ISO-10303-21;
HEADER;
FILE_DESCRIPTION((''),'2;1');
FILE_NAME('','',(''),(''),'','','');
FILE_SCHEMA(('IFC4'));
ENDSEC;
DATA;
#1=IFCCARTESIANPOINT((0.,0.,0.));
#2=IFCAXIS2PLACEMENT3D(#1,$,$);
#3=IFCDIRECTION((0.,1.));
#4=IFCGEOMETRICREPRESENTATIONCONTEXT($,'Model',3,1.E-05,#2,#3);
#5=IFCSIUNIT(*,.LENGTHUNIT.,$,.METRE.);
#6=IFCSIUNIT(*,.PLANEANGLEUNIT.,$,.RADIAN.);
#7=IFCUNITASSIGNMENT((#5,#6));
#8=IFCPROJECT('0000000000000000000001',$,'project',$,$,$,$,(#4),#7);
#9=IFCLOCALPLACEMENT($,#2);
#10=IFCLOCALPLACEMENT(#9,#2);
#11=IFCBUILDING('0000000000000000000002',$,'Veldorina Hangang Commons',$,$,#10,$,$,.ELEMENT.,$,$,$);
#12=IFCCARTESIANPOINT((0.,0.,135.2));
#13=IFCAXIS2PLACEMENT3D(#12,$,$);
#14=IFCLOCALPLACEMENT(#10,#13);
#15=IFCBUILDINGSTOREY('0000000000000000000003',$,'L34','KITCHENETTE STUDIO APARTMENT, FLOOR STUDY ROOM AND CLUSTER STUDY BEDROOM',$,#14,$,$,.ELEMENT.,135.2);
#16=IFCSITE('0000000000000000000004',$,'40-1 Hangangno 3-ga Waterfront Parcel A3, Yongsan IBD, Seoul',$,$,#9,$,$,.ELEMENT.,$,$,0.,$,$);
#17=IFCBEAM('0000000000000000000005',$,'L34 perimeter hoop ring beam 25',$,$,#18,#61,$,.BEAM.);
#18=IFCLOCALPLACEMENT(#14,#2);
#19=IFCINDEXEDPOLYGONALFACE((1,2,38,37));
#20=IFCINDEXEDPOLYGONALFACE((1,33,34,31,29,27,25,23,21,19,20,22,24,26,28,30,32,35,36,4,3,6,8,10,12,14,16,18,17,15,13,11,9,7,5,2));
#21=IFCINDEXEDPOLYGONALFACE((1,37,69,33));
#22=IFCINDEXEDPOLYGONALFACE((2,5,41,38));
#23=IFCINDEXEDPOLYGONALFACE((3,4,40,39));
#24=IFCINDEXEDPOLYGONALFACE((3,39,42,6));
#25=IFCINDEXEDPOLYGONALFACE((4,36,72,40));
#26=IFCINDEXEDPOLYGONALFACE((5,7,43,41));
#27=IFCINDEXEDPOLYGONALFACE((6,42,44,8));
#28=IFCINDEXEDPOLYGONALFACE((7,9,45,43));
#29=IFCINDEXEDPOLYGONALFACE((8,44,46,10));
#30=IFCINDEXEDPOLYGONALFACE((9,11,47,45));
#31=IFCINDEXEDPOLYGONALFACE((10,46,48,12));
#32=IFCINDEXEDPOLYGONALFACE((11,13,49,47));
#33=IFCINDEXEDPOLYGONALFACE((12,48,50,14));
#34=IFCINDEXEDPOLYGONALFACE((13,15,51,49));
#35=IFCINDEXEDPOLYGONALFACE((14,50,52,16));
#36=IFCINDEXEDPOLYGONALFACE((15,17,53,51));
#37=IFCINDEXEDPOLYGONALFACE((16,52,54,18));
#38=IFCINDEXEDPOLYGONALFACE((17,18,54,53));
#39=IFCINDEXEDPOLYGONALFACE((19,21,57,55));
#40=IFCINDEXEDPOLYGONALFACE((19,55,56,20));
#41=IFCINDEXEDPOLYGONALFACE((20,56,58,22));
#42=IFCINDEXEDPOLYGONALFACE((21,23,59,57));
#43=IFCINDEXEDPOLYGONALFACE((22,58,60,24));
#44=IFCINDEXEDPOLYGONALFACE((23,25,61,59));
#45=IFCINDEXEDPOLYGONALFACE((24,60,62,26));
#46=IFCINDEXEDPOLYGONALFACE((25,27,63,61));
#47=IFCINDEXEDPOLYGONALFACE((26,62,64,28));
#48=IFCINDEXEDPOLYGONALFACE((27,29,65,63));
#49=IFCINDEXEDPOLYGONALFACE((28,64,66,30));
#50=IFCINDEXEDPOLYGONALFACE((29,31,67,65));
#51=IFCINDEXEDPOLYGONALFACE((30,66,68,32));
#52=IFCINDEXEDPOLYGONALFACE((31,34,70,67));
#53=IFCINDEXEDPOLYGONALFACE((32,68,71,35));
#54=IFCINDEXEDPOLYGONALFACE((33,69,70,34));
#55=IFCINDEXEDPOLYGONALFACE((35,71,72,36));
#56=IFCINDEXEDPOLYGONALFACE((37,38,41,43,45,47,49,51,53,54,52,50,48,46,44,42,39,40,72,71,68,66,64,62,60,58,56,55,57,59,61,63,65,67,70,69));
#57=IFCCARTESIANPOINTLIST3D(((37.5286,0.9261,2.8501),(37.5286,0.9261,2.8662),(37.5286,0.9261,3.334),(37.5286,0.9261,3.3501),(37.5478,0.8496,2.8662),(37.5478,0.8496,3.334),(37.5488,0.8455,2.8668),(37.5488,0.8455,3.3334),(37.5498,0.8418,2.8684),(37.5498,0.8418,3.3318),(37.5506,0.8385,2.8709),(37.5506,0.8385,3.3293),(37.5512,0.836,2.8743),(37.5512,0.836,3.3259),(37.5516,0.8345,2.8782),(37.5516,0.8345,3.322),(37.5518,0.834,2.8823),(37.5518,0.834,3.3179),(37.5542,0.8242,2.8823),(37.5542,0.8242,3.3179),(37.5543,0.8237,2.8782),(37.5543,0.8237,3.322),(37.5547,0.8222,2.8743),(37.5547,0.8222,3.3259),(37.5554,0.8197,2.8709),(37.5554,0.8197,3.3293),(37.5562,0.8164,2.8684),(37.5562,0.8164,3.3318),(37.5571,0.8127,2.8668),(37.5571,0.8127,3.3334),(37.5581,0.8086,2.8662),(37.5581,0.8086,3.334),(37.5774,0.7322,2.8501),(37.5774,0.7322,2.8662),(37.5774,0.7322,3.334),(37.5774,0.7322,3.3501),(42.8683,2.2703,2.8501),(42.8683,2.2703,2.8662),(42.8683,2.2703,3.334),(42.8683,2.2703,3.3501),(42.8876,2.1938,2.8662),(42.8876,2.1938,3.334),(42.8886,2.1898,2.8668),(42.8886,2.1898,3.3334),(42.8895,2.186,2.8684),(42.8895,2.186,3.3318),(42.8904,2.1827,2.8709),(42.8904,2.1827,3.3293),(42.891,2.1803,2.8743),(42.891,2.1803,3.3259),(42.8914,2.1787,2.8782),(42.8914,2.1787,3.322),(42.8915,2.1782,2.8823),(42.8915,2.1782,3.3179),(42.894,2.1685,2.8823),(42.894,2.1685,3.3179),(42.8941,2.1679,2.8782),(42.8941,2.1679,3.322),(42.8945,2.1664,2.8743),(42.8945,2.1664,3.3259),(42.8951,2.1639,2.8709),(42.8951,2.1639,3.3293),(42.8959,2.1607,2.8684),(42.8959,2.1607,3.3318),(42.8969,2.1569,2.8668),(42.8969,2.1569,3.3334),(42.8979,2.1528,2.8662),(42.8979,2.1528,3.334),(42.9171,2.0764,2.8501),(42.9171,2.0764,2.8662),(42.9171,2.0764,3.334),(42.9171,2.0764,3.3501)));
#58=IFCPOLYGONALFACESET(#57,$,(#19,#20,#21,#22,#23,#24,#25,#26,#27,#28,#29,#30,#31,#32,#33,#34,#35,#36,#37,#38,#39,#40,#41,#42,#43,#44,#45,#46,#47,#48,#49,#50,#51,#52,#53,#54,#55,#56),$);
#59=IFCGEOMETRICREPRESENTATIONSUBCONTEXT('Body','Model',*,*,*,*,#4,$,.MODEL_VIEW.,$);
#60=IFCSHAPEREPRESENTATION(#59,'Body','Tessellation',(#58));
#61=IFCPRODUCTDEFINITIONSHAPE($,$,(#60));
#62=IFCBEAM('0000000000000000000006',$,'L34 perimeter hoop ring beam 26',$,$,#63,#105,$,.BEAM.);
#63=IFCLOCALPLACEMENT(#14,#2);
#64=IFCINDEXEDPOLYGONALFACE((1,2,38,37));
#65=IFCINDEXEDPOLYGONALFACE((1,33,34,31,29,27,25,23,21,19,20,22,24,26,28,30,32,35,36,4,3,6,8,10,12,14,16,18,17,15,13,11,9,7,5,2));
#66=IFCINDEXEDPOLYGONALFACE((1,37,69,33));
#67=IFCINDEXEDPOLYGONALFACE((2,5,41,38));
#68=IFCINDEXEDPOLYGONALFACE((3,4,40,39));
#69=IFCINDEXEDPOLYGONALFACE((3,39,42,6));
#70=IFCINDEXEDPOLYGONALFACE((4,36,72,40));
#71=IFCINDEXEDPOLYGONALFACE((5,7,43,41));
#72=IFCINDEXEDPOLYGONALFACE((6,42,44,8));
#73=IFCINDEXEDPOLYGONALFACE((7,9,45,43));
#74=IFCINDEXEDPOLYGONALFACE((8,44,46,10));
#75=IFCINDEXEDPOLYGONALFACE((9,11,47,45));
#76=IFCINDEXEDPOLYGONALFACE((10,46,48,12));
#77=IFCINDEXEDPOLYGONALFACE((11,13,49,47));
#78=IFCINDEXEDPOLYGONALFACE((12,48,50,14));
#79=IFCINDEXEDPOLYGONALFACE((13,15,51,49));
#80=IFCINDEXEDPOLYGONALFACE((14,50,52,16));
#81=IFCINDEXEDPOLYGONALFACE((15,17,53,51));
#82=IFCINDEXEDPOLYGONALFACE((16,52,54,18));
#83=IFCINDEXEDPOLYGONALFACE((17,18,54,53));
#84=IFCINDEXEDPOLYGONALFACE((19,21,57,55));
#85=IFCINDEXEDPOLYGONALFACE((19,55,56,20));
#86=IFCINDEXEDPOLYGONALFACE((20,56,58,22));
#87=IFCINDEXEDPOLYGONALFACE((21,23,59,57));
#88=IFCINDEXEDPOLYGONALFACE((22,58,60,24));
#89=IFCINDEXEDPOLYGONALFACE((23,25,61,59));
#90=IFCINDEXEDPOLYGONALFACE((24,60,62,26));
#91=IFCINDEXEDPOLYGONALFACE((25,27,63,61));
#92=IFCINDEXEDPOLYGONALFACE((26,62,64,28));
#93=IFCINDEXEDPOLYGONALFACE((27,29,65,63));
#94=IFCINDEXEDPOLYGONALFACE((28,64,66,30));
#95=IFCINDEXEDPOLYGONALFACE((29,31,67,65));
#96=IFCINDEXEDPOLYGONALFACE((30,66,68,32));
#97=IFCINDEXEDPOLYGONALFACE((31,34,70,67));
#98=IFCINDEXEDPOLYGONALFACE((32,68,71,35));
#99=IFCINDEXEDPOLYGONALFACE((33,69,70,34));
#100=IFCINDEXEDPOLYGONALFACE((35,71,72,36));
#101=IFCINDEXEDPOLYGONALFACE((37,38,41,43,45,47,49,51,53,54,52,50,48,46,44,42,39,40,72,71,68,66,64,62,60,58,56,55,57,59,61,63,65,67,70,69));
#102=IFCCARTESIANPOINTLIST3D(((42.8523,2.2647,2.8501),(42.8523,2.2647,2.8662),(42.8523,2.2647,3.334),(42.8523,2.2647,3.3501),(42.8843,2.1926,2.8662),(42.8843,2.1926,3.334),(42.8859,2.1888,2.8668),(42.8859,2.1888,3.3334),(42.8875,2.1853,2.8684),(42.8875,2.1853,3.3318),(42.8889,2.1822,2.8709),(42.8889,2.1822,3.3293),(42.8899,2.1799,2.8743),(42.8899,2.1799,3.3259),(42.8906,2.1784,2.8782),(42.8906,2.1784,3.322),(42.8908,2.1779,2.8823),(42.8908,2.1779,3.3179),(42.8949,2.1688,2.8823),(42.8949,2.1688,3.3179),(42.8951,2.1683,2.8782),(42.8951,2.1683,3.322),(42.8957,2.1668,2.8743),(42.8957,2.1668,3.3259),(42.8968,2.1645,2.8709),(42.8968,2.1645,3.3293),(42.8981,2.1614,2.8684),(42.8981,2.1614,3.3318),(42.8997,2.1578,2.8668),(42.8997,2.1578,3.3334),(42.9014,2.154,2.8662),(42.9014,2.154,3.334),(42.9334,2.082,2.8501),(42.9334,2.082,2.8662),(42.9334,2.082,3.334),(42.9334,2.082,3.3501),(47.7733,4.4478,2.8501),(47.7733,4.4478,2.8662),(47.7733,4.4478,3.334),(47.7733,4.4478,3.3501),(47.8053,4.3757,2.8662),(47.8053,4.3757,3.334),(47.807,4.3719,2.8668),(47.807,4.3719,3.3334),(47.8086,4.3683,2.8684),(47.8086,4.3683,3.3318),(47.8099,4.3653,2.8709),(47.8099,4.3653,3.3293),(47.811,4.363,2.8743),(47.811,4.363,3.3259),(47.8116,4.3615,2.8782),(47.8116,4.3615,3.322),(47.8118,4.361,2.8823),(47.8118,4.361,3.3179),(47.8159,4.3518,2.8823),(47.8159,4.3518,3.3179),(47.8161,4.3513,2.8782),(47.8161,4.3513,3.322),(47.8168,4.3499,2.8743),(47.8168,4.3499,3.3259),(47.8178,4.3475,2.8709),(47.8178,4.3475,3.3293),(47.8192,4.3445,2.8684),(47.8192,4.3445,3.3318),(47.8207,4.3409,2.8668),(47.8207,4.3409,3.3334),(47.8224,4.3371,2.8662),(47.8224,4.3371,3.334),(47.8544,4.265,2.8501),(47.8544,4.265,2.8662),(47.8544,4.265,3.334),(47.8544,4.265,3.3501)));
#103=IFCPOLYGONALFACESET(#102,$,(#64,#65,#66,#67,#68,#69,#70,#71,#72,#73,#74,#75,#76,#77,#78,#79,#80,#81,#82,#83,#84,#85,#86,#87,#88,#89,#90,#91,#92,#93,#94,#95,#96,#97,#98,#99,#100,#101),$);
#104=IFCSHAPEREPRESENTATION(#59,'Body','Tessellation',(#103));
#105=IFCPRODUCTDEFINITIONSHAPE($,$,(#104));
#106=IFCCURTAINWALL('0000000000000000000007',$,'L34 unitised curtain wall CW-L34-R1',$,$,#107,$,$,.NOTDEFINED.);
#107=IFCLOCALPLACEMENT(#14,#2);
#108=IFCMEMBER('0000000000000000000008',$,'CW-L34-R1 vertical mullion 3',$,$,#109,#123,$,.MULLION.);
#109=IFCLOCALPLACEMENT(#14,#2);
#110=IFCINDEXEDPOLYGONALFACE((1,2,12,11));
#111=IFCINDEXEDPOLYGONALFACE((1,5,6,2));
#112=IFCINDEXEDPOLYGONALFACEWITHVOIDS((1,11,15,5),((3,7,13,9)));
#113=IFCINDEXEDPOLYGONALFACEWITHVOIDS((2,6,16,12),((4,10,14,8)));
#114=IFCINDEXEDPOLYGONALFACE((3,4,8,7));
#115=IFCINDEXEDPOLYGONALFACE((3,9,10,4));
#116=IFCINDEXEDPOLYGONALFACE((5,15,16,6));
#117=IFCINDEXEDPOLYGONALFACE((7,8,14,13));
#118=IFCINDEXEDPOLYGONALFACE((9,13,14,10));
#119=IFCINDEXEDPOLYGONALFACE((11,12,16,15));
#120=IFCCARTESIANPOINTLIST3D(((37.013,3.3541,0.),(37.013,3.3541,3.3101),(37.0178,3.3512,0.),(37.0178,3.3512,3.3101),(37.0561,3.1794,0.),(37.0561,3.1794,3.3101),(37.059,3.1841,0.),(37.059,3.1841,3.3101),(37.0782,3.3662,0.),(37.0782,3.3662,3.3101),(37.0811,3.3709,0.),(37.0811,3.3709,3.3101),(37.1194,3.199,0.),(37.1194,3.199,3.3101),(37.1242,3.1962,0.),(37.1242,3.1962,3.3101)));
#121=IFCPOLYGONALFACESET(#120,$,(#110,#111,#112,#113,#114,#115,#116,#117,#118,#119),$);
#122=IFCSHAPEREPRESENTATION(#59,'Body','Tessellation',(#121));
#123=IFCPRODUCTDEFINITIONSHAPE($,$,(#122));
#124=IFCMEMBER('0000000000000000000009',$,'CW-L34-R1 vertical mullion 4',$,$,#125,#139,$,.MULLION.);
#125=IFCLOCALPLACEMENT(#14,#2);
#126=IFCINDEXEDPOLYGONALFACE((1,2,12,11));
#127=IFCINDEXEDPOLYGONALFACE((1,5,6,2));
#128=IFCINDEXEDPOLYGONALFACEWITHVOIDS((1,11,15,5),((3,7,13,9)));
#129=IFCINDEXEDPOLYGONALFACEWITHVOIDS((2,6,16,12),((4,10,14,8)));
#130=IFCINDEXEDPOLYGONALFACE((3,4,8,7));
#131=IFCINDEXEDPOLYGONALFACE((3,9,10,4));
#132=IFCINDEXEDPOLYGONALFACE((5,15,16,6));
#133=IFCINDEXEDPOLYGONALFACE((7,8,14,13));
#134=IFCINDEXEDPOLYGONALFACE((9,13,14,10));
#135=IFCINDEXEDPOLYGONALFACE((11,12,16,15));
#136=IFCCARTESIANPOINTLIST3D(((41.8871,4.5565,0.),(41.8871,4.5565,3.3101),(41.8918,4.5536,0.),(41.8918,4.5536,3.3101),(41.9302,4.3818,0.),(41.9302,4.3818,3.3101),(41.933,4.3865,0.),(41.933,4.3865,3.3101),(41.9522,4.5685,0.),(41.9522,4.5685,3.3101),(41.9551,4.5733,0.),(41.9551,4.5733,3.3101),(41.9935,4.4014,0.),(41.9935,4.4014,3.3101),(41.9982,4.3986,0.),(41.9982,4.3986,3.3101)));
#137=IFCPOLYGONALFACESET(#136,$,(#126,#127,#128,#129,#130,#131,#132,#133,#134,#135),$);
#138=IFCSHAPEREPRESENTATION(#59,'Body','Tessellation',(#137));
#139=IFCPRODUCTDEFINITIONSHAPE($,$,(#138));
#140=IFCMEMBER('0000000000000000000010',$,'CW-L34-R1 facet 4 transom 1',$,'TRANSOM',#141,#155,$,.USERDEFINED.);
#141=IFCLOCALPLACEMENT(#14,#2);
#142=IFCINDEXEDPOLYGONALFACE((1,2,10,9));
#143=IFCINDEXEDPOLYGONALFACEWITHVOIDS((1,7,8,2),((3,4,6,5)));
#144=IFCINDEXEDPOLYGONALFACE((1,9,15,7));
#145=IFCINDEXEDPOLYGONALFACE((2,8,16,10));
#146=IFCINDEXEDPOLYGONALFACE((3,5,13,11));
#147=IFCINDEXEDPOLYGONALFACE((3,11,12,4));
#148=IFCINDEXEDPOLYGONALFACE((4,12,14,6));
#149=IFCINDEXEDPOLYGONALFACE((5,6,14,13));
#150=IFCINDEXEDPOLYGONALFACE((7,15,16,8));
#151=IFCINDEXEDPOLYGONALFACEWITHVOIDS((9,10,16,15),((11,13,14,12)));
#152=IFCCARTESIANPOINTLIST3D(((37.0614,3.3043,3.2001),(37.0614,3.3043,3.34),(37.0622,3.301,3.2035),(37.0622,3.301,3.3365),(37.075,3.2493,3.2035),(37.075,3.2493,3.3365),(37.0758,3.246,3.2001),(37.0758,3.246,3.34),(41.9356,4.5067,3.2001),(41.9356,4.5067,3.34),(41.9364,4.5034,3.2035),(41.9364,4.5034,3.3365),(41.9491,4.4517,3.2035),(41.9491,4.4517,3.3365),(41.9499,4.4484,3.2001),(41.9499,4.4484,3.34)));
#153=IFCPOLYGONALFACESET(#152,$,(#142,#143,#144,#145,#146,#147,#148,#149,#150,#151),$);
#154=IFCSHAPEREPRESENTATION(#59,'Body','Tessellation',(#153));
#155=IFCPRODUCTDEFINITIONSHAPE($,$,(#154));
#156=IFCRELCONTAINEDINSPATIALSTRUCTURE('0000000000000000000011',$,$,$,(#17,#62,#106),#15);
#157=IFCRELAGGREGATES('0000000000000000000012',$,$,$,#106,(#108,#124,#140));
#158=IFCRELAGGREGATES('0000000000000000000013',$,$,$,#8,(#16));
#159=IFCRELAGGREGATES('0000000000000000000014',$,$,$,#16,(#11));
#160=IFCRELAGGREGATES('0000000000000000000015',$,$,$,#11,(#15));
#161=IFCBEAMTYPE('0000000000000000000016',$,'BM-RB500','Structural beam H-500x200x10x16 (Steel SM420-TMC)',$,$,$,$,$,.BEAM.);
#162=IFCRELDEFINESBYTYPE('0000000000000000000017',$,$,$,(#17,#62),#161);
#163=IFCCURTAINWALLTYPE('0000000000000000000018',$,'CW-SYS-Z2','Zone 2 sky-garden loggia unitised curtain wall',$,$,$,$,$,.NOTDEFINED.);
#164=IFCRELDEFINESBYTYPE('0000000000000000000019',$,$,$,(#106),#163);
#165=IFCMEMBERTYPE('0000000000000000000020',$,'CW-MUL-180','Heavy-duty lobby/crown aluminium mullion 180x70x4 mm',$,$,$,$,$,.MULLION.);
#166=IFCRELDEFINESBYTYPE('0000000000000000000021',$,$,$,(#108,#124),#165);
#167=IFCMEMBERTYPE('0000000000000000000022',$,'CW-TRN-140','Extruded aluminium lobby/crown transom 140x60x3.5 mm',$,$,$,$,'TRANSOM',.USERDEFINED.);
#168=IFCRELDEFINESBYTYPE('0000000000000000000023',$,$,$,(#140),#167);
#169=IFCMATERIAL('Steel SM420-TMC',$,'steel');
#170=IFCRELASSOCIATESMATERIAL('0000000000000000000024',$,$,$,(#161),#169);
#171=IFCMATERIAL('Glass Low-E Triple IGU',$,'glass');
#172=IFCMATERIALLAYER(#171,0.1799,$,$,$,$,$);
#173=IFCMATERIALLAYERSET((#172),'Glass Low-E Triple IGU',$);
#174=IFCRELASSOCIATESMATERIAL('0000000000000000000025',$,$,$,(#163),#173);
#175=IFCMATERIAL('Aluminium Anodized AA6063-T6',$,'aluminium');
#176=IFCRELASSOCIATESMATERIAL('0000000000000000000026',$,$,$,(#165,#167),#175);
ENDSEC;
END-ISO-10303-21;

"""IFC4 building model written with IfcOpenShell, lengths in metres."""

from ifc_helpers import new_model, si_unit, direction, frame, origin, origin_2d, place, context, subcontext, project, spatial, hollow_rectangle, i_section, extrude, material, layer, layer_set, material_profile, profile_set, type_object, element, aggregate, save


model = new_model("IFC4")

# Units and contexts
model_context = context("Model", 3, precision=1e-05, world=origin(), true_north=direction((0.0, 1.0)))
body_context = subcontext(model_context, "Body", "Model", "MODEL_VIEW")
ifc_project = project(units=[si_unit("LENGTHUNIT", "METRE"), si_unit("PLANEANGLEUNIT", "RADIAN")], contexts=[model_context])

# Site, building, storey
site_placement = place(None, origin())
site = spatial("IfcSite", under=ifc_project, at=site_placement, Name="40-1 Hangangno 3-ga Waterfront Parcel A3, Yongsan IBD, Seoul", CompositionType="ELEMENT", RefElevation=0.0)
building_placement = place(site_placement, origin())
building = spatial("IfcBuilding", under=site, at=building_placement, Name="Veldorina Hangang Commons", CompositionType="ELEMENT")
storey_placement = place(building_placement, frame((0.0, 0.0, 135.2)))
storey = spatial("IfcBuildingStorey", under=building, at=storey_placement, Name="L34", Description="KITCHENETTE STUDIO APARTMENT, FLOOR STUDY ROOM AND CLUSTER STUDY BEDROOM", CompositionType="ELEMENT", Elevation=135.2)

# Beams
ifc_material_1 = material(Name="Steel SM420-TMC", Category="steel")
ifc_material_profile_1 = material_profile(ifc_material_1, i_section(OverallWidth=0.2, OverallDepth=0.5, WebThickness=0.01, FlangeThickness=0.0161, FilletRadius=0.0161, at=origin_2d()), Name="H-500x200x10x16")
ifc_profile_set_1 = profile_set([ifc_material_profile_1], Name="Steel SM420-TMC")
beam_type = type_object("IfcBeamType", Name="BM-RB500", Description="Structural beam H-500x200x10x16 (Steel SM420-TMC)", PredefinedType="BEAM", material=ifc_profile_set_1)
beam_1_placement = place(storey_placement, frame((37.553, 0.8291, 3.1001), z_axis=(0.969745, 0.244121, 0.0), x_axis=(-0.244121, 0.969745, 0.0)))
element("IfcBeam", 1, at=beam_1_placement, inside=storey, type_object=beam_type, Name="L34 perimeter hoop ring beam 25", PredefinedType="BEAM", context=body_context, shape_type="SweptSolid", body=[
    extrude(i_section(OverallWidth=0.2, OverallDepth=0.5, WebThickness=0.01, FlangeThickness=0.0161, FilletRadius=0.0161, at=origin_2d()), origin(), (0.0, 0.0, 1.0), 5.5063),
])
beam_2_placement = place(storey_placement, frame((42.8928, 2.1733, 3.1001), z_axis=(0.914092, 0.405507, 0.0), x_axis=(-0.405507, 0.914092, 0.0)))
element("IfcBeam", 2, at=beam_2_placement, inside=storey, type_object=beam_type, Name="L34 perimeter hoop ring beam 26", PredefinedType="BEAM", context=body_context, shape_type="SweptSolid", body=[
    extrude(i_section(OverallWidth=0.2, OverallDepth=0.5, WebThickness=0.01, FlangeThickness=0.0161, FilletRadius=0.0161, at=origin_2d()), origin(), (0.0, 0.0, 1.0), 5.3835),
])

# Curtain wall, members
ifc_material_2 = material(Name="Glass Low-E Triple IGU", Category="glass")
ifc_layer_1 = layer(ifc_material_2, 0.1799)
ifc_layer_set_1 = layer_set([ifc_layer_1], Name="Glass Low-E Triple IGU")
curtain_wall_type = type_object("IfcCurtainWallType", Name="CW-SYS-Z2", Description="Zone 2 sky-garden loggia unitised curtain wall", PredefinedType="NOTDEFINED", material=ifc_layer_set_1)
curtain_wall_placement = place(storey_placement, origin())
curtain_wall = element("IfcCurtainWall", 3, at=curtain_wall_placement, inside=storey, type_object=curtain_wall_type, Name="L34 unitised curtain wall CW-L34-R1", PredefinedType="NOTDEFINED")
ifc_material_3 = material(Name="Aluminium Anodized AA6063-T6", Category="aluminium")
ifc_material_profile_2 = material_profile(ifc_material_3, hollow_rectangle(XDim=0.0701, YDim=0.1799, WallThickness=0.0039, at=origin_2d()), Name="ALU-RHS-180x70x4")
ifc_profile_set_2 = profile_set([ifc_material_profile_2], Name="Aluminium Anodized AA6063-T6")
member_type_1 = type_object("IfcMemberType", Name="CW-MUL-180", Description="Heavy-duty lobby/crown aluminium mullion 180x70x4 mm", PredefinedType="MULLION", material=ifc_profile_set_2)
member_1_placement = place(storey_placement, frame((37.0686, 3.2751, 0.0), z_axis=(0.0, 0.0, 1.0), x_axis=(0.970888, 0.239533, 0.0)))
member_1 = element("IfcMember", 4, at=member_1_placement, type_object=member_type_1, Name="CW-L34-R1 vertical mullion 3", PredefinedType="MULLION", context=body_context, shape_type="SweptSolid", body=[
    extrude(hollow_rectangle(XDim=0.0701, YDim=0.1799, WallThickness=0.0039, at=origin_2d()), origin(), (0.0, 0.0, 1.0), 3.3101),
])
member_2_placement = place(storey_placement, frame((41.9426, 4.4775, 0.0), z_axis=(0.0, 0.0, 1.0), x_axis=(-0.970888, -0.239533, 0.0)))
member_2 = element("IfcMember", 5, at=member_2_placement, type_object=member_type_1, Name="CW-L34-R1 vertical mullion 4", PredefinedType="MULLION", context=body_context, shape_type="SweptSolid", body=[
    extrude(hollow_rectangle(XDim=0.0701, YDim=0.1799, WallThickness=0.0039, at=origin_2d()), origin(), (0.0, 0.0, 1.0), 3.3101),
])
ifc_material_profile_3 = material_profile(ifc_material_3, hollow_rectangle(XDim=0.0601, YDim=0.1399, WallThickness=0.0034, at=origin_2d()), Name="ALU-RHS-140x60x3.5")
ifc_profile_set_3 = profile_set([ifc_material_profile_3], Name="Aluminium Anodized AA6063-T6")
member_type_2 = type_object("IfcMemberType", Name="CW-TRN-140", Description="Extruded aluminium lobby/crown transom 140x60x3.5 mm", ElementType="TRANSOM", PredefinedType="USERDEFINED", material=ifc_profile_set_3)
member_3_placement = place(storey_placement, frame((37.0686, 3.2751, 3.27), z_axis=(0.970893, 0.239514, 0.0), x_axis=(-0.239514, 0.970893, 0.0)))
member_3 = element("IfcMember", 6, at=member_3_placement, type_object=member_type_2, Name="CW-L34-R1 facet 4 transom 1", ObjectType="TRANSOM", PredefinedType="USERDEFINED", context=body_context, shape_type="SweptSolid", body=[
    extrude(hollow_rectangle(XDim=0.0601, YDim=0.1399, WallThickness=0.0034, at=origin_2d()), origin(), (0.0, 0.0, 1.0), 5.0203),
])

aggregate(curtain_wall, [member_1, member_2, member_3])

save(model, "model.ifc")
